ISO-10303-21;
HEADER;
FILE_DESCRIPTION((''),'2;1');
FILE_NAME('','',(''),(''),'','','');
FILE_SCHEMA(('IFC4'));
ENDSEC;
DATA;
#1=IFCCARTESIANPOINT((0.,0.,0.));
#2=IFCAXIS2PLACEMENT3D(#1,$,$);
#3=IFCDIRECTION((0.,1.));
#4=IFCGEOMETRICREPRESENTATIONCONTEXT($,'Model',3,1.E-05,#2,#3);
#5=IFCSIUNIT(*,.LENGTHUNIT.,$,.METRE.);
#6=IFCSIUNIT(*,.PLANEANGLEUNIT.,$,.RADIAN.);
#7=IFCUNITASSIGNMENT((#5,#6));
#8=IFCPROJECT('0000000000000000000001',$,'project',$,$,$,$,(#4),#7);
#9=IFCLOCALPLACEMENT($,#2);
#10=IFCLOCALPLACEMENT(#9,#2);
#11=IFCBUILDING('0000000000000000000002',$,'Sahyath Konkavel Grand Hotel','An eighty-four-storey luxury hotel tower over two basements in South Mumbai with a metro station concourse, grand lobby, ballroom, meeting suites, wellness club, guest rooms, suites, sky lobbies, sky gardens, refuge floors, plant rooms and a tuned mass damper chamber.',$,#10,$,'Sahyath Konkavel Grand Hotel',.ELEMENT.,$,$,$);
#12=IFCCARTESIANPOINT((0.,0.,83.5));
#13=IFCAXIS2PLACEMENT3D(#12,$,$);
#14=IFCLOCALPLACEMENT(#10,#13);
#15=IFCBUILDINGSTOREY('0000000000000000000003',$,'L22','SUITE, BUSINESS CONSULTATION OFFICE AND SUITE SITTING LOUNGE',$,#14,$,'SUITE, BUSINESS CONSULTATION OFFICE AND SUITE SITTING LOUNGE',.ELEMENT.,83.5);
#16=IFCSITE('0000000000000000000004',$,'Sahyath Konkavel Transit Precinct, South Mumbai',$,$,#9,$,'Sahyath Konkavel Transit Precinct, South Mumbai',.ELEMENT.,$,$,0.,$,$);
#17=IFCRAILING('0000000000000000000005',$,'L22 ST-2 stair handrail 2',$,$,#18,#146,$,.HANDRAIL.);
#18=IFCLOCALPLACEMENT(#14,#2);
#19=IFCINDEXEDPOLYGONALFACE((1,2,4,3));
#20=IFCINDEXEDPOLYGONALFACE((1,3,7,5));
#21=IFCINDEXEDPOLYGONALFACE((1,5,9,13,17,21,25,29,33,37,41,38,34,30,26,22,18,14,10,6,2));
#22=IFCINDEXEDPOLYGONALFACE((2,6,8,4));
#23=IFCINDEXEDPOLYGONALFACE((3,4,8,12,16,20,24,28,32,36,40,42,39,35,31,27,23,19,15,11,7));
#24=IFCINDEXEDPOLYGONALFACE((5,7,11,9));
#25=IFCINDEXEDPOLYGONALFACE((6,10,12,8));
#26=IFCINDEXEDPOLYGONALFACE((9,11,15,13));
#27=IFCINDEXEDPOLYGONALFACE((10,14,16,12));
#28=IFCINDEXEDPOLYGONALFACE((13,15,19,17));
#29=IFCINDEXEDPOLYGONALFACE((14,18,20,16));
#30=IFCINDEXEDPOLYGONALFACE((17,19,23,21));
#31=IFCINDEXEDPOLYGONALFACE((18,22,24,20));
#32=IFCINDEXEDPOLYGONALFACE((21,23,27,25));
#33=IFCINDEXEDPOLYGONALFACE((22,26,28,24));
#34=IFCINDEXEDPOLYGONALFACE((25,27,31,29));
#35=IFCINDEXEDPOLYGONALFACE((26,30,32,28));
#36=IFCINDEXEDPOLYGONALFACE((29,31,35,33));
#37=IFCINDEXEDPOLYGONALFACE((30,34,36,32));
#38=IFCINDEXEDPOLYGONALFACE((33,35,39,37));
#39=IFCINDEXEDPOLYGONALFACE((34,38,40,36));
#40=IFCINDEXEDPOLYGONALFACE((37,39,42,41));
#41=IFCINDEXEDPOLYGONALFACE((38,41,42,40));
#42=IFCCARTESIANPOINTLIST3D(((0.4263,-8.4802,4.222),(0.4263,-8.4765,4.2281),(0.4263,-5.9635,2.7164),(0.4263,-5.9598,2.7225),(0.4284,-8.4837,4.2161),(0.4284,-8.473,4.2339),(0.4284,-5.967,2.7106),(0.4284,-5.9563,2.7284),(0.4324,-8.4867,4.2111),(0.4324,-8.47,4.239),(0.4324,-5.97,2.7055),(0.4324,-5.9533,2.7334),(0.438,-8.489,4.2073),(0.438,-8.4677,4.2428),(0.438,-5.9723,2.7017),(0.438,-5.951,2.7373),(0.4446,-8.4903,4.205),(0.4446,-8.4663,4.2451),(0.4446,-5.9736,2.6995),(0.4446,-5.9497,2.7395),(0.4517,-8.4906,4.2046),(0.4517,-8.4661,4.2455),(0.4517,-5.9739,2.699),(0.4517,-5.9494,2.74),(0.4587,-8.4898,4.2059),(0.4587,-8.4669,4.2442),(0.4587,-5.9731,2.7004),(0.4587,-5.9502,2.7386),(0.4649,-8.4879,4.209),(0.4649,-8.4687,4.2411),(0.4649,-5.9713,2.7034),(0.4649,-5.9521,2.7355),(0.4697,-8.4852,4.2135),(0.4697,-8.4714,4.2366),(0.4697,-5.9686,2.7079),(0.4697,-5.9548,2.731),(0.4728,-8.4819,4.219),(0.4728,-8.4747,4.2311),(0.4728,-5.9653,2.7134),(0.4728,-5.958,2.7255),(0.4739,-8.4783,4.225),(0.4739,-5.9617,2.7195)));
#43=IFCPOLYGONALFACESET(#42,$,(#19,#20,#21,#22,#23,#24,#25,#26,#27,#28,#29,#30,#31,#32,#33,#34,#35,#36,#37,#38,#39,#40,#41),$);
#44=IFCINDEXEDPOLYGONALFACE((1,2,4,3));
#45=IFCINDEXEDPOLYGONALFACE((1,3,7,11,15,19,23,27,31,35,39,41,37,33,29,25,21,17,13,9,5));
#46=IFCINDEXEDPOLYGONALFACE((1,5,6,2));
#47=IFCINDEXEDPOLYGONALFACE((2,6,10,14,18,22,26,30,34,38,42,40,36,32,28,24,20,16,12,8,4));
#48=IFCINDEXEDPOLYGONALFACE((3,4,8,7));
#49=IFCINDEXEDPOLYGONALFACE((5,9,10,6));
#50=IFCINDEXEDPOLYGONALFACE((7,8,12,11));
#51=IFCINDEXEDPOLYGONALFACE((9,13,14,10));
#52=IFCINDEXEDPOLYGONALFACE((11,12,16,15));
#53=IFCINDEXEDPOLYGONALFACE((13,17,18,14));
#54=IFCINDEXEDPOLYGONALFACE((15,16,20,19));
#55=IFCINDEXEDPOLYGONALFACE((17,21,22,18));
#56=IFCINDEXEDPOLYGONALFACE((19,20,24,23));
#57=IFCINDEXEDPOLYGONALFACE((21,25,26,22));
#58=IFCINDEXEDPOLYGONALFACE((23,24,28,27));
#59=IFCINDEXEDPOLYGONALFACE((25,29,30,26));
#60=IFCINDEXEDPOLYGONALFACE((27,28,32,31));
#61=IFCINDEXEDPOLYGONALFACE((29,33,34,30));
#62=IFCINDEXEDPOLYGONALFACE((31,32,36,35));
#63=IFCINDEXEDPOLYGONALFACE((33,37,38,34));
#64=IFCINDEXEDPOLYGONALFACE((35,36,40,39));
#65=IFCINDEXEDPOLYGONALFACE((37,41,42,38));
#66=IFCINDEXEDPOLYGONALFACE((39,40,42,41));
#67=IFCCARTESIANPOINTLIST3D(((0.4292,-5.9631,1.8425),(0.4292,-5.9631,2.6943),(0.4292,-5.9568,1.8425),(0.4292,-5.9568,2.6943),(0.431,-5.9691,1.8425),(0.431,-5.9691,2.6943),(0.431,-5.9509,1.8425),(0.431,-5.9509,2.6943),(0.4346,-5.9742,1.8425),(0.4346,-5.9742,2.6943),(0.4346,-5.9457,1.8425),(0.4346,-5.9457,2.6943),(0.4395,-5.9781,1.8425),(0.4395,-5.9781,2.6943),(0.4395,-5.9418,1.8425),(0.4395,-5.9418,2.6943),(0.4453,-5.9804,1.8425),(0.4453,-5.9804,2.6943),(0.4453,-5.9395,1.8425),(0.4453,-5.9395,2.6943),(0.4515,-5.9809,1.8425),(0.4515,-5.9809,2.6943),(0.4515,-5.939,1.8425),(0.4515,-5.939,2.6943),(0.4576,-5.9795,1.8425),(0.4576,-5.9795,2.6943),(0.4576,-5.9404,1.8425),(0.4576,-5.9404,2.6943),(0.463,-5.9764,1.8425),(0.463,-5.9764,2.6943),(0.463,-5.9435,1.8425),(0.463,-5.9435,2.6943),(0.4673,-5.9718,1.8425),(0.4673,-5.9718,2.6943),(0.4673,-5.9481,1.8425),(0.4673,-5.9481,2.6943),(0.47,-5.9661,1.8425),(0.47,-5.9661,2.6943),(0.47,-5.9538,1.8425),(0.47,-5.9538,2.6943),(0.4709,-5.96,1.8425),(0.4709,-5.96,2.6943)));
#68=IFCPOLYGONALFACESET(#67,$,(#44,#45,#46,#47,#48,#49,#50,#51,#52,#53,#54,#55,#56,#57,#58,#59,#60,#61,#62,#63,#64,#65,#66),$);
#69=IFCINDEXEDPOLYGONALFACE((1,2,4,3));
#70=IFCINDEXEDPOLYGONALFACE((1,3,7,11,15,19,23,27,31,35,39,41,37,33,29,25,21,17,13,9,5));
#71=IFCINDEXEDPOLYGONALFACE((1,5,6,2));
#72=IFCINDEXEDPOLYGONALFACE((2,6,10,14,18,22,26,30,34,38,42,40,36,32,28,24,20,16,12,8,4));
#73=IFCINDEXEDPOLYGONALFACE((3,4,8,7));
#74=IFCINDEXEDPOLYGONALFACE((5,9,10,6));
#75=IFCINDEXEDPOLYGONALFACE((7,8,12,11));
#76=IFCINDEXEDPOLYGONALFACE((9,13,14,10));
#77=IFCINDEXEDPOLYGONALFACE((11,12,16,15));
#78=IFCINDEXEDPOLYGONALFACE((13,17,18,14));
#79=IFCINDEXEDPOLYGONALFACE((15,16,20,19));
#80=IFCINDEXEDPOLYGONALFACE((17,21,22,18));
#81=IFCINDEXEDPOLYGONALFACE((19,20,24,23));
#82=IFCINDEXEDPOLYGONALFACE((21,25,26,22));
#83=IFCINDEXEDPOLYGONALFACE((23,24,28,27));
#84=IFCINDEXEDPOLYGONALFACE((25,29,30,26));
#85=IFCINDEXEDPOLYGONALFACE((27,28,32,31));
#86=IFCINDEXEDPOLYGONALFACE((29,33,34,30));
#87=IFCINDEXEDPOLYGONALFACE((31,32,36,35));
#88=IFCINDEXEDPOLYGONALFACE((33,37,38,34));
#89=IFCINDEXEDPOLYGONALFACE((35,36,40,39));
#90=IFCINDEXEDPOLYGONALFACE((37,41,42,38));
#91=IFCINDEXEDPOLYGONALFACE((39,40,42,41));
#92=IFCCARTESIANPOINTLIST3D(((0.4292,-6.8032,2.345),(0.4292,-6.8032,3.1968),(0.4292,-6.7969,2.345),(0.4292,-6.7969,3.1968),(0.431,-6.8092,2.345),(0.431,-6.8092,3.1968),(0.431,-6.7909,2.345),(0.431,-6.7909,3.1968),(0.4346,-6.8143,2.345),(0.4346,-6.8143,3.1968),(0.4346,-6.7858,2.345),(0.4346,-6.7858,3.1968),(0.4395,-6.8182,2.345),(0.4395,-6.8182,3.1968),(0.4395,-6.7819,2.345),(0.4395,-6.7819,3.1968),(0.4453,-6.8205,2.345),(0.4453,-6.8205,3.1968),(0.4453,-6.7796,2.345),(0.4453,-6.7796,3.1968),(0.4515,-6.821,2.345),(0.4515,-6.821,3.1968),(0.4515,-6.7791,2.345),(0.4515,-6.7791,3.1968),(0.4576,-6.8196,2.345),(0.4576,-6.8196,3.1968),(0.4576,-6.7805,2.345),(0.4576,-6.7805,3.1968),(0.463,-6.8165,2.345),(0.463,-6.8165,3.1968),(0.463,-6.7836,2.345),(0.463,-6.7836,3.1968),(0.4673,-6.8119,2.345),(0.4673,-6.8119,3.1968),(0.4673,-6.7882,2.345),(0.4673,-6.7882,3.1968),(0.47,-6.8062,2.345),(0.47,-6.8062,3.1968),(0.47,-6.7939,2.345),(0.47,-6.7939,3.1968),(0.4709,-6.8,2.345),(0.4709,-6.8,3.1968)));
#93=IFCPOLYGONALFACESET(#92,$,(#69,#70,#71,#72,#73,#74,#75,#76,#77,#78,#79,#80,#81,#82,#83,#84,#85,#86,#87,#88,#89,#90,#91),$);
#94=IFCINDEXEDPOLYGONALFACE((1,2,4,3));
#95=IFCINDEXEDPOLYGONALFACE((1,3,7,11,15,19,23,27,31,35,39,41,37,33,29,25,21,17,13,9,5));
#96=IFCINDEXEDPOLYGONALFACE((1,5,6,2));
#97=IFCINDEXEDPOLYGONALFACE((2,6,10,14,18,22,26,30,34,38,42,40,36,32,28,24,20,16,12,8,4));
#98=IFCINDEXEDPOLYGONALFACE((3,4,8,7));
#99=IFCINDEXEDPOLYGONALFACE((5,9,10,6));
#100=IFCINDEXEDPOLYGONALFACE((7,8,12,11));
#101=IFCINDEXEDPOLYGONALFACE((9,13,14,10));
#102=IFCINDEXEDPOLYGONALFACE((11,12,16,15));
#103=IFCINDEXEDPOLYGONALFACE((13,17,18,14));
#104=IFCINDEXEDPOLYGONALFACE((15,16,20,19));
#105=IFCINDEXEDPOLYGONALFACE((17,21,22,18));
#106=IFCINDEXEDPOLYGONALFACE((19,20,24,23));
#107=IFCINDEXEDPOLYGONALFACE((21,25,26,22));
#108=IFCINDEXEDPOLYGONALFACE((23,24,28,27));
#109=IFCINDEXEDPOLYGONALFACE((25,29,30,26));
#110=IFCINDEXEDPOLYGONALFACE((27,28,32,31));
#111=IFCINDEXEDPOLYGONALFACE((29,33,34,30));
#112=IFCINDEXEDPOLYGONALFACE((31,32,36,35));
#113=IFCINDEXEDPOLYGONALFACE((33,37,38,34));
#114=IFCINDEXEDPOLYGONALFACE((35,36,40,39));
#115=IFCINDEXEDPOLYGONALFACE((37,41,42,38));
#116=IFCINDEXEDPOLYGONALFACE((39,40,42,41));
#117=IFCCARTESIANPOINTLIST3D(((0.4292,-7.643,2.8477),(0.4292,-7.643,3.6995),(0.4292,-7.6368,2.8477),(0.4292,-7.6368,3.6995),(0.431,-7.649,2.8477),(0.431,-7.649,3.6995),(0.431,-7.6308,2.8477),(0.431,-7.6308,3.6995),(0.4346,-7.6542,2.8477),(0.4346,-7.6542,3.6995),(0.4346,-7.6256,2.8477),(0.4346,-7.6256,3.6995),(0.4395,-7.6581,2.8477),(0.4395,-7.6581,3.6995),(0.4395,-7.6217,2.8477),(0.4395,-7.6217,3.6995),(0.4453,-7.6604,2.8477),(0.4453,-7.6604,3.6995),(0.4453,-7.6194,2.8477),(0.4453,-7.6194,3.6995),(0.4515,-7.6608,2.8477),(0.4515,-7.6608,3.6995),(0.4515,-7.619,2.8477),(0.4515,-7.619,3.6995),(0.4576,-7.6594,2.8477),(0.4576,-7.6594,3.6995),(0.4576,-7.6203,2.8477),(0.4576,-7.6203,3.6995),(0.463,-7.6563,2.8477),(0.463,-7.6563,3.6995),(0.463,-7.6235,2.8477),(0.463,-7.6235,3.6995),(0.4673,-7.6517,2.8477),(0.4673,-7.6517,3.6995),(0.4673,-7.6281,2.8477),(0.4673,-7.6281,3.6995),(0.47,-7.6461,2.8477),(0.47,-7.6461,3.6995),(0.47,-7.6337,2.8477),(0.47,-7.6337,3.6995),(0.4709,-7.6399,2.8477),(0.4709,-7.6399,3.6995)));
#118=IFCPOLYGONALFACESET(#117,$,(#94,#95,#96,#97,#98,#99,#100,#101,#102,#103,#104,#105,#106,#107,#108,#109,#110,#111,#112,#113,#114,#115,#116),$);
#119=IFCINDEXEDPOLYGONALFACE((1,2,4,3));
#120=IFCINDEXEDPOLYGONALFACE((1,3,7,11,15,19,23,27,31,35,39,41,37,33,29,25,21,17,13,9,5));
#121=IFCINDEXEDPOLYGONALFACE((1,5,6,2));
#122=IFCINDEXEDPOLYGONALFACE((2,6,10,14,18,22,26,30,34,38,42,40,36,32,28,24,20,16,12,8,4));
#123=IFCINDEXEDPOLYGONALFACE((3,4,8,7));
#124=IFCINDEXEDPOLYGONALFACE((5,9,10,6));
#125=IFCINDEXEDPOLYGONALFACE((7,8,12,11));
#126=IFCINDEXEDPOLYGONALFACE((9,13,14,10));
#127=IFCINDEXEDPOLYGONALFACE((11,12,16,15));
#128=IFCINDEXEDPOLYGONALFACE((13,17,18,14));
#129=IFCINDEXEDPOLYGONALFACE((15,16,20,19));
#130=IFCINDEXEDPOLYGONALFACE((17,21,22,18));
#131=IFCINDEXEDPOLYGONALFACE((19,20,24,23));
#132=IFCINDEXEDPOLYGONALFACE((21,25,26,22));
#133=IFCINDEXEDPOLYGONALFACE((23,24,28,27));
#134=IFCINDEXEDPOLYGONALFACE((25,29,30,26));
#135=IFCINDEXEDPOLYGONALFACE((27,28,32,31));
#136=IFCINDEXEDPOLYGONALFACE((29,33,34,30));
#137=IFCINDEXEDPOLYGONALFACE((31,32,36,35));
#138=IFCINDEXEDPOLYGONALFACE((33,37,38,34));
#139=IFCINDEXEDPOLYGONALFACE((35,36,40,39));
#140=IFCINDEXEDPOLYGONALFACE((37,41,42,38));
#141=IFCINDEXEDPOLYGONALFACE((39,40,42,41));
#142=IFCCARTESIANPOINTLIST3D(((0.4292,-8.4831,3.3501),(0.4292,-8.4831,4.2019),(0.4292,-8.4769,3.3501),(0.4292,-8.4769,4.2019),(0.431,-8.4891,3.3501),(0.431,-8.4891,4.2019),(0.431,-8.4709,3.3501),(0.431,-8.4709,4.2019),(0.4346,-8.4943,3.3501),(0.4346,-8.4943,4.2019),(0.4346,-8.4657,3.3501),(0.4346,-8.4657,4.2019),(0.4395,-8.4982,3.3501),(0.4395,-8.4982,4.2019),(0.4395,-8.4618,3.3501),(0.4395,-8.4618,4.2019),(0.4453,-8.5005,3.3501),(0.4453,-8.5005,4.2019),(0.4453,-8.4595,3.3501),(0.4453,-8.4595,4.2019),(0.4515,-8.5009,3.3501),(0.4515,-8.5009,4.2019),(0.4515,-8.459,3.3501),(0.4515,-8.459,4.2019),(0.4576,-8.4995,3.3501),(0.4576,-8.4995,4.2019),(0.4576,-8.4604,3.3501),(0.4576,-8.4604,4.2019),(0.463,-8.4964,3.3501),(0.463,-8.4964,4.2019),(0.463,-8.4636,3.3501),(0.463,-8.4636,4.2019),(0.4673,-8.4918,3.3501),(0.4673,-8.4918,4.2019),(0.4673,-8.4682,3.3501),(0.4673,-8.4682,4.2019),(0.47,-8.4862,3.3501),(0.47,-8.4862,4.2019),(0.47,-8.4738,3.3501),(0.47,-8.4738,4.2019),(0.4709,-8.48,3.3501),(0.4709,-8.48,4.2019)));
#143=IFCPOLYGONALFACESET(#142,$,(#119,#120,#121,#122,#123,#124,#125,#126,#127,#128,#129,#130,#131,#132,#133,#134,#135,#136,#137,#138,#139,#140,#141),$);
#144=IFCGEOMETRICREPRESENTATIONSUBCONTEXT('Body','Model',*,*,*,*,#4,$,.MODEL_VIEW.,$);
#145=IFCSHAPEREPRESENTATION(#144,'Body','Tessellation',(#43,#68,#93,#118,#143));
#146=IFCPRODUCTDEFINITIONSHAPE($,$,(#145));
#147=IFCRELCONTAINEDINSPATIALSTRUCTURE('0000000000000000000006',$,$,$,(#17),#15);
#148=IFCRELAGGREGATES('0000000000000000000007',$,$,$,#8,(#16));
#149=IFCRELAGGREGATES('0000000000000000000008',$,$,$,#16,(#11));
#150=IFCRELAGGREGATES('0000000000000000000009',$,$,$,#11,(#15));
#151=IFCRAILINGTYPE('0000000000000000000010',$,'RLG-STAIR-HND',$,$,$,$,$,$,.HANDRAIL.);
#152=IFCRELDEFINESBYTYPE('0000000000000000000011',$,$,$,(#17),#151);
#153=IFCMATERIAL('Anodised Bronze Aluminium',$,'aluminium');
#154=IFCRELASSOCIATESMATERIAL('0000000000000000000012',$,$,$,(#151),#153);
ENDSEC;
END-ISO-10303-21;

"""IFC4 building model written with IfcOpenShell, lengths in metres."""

from ifc_helpers import new_model, si_unit, direction, frame, origin, origin_2d, place, context, subcontext, project, spatial, circle, extrude, material, type_object, element, save


model = new_model("IFC4")

# Units and contexts
model_context = context("Model", 3, precision=1e-05, world=origin(), true_north=direction((0.0, 1.0)))
body_context = subcontext(model_context, "Body", "Model", "MODEL_VIEW")
ifc_project = project(units=[si_unit("LENGTHUNIT", "METRE"), si_unit("PLANEANGLEUNIT", "RADIAN")], contexts=[model_context])

# Site, building, storey
site_placement = place(None, origin())
site = spatial("IfcSite", under=ifc_project, at=site_placement, Name="Sahyath Konkavel Transit Precinct, South Mumbai", LongName="Sahyath Konkavel Transit Precinct, South Mumbai", CompositionType="ELEMENT", RefElevation=0.0)
building_placement = place(site_placement, origin())
building = spatial("IfcBuilding", under=site, at=building_placement, Name="Sahyath Konkavel Grand Hotel", Description="An eighty-four-storey luxury hotel tower over two basements in South Mumbai with a metro station concourse, grand lobby, ballroom, meeting suites, wellness club, guest rooms, suites, sky lobbies, sky gardens, refuge floors, plant rooms and a tuned mass damper chamber.", LongName="Sahyath Konkavel Grand Hotel", CompositionType="ELEMENT")
storey_placement = place(building_placement, frame((0.0, 0.0, 83.5)))
storey = spatial("IfcBuildingStorey", under=building, at=storey_placement, Name="L22", Description="SUITE, BUSINESS CONSULTATION OFFICE AND SUITE SITTING LOUNGE", LongName="SUITE, BUSINESS CONSULTATION OFFICE AND SUITE SITTING LOUNGE", CompositionType="ELEMENT", Elevation=83.5)

# Railing
ifc_material_1 = material(Name="Anodised Bronze Aluminium", Category="aluminium")
railing_type_1 = type_object("IfcRailingType", Name="RLG-STAIR-HND", PredefinedType="HANDRAIL", material=ifc_material_1)
railing_1_placement = place(storey_placement, frame((0.45, -5.96, 1.8425)))
element("IfcRailing", 1, at=railing_1_placement, inside=storey, type_object=railing_type_1, Name="L22 ST-2 stair handrail 2", PredefinedType="HANDRAIL", context=body_context, shape_type="SweptSolid", body=[
    extrude(circle(Radius=0.0239, at=origin_2d()), frame((0.0, -0.0017, 0.877), z_axis=(0.0, -0.85816, 0.513383), x_axis=(1.0, 0.0, 0.0)), (0.0, 0.0, 1.0), 2.9326),
    extrude(circle(Radius=0.021, at=origin_2d()), origin(), (0.0, 0.0, 1.0), 0.8518),
    extrude(circle(Radius=0.021, at=origin_2d()), frame((0.0, -0.8401, 0.5024)), (0.0, 0.0, 1.0), 0.8518),
    extrude(circle(Radius=0.021, at=origin_2d()), frame((0.0, -1.6799, 1.0051)), (0.0, 0.0, 1.0), 0.8518),
    extrude(circle(Radius=0.021, at=origin_2d()), frame((0.0, -2.52, 1.5076)), (0.0, 0.0, 1.0), 0.8518),
])

save(model, "model.ifc")
